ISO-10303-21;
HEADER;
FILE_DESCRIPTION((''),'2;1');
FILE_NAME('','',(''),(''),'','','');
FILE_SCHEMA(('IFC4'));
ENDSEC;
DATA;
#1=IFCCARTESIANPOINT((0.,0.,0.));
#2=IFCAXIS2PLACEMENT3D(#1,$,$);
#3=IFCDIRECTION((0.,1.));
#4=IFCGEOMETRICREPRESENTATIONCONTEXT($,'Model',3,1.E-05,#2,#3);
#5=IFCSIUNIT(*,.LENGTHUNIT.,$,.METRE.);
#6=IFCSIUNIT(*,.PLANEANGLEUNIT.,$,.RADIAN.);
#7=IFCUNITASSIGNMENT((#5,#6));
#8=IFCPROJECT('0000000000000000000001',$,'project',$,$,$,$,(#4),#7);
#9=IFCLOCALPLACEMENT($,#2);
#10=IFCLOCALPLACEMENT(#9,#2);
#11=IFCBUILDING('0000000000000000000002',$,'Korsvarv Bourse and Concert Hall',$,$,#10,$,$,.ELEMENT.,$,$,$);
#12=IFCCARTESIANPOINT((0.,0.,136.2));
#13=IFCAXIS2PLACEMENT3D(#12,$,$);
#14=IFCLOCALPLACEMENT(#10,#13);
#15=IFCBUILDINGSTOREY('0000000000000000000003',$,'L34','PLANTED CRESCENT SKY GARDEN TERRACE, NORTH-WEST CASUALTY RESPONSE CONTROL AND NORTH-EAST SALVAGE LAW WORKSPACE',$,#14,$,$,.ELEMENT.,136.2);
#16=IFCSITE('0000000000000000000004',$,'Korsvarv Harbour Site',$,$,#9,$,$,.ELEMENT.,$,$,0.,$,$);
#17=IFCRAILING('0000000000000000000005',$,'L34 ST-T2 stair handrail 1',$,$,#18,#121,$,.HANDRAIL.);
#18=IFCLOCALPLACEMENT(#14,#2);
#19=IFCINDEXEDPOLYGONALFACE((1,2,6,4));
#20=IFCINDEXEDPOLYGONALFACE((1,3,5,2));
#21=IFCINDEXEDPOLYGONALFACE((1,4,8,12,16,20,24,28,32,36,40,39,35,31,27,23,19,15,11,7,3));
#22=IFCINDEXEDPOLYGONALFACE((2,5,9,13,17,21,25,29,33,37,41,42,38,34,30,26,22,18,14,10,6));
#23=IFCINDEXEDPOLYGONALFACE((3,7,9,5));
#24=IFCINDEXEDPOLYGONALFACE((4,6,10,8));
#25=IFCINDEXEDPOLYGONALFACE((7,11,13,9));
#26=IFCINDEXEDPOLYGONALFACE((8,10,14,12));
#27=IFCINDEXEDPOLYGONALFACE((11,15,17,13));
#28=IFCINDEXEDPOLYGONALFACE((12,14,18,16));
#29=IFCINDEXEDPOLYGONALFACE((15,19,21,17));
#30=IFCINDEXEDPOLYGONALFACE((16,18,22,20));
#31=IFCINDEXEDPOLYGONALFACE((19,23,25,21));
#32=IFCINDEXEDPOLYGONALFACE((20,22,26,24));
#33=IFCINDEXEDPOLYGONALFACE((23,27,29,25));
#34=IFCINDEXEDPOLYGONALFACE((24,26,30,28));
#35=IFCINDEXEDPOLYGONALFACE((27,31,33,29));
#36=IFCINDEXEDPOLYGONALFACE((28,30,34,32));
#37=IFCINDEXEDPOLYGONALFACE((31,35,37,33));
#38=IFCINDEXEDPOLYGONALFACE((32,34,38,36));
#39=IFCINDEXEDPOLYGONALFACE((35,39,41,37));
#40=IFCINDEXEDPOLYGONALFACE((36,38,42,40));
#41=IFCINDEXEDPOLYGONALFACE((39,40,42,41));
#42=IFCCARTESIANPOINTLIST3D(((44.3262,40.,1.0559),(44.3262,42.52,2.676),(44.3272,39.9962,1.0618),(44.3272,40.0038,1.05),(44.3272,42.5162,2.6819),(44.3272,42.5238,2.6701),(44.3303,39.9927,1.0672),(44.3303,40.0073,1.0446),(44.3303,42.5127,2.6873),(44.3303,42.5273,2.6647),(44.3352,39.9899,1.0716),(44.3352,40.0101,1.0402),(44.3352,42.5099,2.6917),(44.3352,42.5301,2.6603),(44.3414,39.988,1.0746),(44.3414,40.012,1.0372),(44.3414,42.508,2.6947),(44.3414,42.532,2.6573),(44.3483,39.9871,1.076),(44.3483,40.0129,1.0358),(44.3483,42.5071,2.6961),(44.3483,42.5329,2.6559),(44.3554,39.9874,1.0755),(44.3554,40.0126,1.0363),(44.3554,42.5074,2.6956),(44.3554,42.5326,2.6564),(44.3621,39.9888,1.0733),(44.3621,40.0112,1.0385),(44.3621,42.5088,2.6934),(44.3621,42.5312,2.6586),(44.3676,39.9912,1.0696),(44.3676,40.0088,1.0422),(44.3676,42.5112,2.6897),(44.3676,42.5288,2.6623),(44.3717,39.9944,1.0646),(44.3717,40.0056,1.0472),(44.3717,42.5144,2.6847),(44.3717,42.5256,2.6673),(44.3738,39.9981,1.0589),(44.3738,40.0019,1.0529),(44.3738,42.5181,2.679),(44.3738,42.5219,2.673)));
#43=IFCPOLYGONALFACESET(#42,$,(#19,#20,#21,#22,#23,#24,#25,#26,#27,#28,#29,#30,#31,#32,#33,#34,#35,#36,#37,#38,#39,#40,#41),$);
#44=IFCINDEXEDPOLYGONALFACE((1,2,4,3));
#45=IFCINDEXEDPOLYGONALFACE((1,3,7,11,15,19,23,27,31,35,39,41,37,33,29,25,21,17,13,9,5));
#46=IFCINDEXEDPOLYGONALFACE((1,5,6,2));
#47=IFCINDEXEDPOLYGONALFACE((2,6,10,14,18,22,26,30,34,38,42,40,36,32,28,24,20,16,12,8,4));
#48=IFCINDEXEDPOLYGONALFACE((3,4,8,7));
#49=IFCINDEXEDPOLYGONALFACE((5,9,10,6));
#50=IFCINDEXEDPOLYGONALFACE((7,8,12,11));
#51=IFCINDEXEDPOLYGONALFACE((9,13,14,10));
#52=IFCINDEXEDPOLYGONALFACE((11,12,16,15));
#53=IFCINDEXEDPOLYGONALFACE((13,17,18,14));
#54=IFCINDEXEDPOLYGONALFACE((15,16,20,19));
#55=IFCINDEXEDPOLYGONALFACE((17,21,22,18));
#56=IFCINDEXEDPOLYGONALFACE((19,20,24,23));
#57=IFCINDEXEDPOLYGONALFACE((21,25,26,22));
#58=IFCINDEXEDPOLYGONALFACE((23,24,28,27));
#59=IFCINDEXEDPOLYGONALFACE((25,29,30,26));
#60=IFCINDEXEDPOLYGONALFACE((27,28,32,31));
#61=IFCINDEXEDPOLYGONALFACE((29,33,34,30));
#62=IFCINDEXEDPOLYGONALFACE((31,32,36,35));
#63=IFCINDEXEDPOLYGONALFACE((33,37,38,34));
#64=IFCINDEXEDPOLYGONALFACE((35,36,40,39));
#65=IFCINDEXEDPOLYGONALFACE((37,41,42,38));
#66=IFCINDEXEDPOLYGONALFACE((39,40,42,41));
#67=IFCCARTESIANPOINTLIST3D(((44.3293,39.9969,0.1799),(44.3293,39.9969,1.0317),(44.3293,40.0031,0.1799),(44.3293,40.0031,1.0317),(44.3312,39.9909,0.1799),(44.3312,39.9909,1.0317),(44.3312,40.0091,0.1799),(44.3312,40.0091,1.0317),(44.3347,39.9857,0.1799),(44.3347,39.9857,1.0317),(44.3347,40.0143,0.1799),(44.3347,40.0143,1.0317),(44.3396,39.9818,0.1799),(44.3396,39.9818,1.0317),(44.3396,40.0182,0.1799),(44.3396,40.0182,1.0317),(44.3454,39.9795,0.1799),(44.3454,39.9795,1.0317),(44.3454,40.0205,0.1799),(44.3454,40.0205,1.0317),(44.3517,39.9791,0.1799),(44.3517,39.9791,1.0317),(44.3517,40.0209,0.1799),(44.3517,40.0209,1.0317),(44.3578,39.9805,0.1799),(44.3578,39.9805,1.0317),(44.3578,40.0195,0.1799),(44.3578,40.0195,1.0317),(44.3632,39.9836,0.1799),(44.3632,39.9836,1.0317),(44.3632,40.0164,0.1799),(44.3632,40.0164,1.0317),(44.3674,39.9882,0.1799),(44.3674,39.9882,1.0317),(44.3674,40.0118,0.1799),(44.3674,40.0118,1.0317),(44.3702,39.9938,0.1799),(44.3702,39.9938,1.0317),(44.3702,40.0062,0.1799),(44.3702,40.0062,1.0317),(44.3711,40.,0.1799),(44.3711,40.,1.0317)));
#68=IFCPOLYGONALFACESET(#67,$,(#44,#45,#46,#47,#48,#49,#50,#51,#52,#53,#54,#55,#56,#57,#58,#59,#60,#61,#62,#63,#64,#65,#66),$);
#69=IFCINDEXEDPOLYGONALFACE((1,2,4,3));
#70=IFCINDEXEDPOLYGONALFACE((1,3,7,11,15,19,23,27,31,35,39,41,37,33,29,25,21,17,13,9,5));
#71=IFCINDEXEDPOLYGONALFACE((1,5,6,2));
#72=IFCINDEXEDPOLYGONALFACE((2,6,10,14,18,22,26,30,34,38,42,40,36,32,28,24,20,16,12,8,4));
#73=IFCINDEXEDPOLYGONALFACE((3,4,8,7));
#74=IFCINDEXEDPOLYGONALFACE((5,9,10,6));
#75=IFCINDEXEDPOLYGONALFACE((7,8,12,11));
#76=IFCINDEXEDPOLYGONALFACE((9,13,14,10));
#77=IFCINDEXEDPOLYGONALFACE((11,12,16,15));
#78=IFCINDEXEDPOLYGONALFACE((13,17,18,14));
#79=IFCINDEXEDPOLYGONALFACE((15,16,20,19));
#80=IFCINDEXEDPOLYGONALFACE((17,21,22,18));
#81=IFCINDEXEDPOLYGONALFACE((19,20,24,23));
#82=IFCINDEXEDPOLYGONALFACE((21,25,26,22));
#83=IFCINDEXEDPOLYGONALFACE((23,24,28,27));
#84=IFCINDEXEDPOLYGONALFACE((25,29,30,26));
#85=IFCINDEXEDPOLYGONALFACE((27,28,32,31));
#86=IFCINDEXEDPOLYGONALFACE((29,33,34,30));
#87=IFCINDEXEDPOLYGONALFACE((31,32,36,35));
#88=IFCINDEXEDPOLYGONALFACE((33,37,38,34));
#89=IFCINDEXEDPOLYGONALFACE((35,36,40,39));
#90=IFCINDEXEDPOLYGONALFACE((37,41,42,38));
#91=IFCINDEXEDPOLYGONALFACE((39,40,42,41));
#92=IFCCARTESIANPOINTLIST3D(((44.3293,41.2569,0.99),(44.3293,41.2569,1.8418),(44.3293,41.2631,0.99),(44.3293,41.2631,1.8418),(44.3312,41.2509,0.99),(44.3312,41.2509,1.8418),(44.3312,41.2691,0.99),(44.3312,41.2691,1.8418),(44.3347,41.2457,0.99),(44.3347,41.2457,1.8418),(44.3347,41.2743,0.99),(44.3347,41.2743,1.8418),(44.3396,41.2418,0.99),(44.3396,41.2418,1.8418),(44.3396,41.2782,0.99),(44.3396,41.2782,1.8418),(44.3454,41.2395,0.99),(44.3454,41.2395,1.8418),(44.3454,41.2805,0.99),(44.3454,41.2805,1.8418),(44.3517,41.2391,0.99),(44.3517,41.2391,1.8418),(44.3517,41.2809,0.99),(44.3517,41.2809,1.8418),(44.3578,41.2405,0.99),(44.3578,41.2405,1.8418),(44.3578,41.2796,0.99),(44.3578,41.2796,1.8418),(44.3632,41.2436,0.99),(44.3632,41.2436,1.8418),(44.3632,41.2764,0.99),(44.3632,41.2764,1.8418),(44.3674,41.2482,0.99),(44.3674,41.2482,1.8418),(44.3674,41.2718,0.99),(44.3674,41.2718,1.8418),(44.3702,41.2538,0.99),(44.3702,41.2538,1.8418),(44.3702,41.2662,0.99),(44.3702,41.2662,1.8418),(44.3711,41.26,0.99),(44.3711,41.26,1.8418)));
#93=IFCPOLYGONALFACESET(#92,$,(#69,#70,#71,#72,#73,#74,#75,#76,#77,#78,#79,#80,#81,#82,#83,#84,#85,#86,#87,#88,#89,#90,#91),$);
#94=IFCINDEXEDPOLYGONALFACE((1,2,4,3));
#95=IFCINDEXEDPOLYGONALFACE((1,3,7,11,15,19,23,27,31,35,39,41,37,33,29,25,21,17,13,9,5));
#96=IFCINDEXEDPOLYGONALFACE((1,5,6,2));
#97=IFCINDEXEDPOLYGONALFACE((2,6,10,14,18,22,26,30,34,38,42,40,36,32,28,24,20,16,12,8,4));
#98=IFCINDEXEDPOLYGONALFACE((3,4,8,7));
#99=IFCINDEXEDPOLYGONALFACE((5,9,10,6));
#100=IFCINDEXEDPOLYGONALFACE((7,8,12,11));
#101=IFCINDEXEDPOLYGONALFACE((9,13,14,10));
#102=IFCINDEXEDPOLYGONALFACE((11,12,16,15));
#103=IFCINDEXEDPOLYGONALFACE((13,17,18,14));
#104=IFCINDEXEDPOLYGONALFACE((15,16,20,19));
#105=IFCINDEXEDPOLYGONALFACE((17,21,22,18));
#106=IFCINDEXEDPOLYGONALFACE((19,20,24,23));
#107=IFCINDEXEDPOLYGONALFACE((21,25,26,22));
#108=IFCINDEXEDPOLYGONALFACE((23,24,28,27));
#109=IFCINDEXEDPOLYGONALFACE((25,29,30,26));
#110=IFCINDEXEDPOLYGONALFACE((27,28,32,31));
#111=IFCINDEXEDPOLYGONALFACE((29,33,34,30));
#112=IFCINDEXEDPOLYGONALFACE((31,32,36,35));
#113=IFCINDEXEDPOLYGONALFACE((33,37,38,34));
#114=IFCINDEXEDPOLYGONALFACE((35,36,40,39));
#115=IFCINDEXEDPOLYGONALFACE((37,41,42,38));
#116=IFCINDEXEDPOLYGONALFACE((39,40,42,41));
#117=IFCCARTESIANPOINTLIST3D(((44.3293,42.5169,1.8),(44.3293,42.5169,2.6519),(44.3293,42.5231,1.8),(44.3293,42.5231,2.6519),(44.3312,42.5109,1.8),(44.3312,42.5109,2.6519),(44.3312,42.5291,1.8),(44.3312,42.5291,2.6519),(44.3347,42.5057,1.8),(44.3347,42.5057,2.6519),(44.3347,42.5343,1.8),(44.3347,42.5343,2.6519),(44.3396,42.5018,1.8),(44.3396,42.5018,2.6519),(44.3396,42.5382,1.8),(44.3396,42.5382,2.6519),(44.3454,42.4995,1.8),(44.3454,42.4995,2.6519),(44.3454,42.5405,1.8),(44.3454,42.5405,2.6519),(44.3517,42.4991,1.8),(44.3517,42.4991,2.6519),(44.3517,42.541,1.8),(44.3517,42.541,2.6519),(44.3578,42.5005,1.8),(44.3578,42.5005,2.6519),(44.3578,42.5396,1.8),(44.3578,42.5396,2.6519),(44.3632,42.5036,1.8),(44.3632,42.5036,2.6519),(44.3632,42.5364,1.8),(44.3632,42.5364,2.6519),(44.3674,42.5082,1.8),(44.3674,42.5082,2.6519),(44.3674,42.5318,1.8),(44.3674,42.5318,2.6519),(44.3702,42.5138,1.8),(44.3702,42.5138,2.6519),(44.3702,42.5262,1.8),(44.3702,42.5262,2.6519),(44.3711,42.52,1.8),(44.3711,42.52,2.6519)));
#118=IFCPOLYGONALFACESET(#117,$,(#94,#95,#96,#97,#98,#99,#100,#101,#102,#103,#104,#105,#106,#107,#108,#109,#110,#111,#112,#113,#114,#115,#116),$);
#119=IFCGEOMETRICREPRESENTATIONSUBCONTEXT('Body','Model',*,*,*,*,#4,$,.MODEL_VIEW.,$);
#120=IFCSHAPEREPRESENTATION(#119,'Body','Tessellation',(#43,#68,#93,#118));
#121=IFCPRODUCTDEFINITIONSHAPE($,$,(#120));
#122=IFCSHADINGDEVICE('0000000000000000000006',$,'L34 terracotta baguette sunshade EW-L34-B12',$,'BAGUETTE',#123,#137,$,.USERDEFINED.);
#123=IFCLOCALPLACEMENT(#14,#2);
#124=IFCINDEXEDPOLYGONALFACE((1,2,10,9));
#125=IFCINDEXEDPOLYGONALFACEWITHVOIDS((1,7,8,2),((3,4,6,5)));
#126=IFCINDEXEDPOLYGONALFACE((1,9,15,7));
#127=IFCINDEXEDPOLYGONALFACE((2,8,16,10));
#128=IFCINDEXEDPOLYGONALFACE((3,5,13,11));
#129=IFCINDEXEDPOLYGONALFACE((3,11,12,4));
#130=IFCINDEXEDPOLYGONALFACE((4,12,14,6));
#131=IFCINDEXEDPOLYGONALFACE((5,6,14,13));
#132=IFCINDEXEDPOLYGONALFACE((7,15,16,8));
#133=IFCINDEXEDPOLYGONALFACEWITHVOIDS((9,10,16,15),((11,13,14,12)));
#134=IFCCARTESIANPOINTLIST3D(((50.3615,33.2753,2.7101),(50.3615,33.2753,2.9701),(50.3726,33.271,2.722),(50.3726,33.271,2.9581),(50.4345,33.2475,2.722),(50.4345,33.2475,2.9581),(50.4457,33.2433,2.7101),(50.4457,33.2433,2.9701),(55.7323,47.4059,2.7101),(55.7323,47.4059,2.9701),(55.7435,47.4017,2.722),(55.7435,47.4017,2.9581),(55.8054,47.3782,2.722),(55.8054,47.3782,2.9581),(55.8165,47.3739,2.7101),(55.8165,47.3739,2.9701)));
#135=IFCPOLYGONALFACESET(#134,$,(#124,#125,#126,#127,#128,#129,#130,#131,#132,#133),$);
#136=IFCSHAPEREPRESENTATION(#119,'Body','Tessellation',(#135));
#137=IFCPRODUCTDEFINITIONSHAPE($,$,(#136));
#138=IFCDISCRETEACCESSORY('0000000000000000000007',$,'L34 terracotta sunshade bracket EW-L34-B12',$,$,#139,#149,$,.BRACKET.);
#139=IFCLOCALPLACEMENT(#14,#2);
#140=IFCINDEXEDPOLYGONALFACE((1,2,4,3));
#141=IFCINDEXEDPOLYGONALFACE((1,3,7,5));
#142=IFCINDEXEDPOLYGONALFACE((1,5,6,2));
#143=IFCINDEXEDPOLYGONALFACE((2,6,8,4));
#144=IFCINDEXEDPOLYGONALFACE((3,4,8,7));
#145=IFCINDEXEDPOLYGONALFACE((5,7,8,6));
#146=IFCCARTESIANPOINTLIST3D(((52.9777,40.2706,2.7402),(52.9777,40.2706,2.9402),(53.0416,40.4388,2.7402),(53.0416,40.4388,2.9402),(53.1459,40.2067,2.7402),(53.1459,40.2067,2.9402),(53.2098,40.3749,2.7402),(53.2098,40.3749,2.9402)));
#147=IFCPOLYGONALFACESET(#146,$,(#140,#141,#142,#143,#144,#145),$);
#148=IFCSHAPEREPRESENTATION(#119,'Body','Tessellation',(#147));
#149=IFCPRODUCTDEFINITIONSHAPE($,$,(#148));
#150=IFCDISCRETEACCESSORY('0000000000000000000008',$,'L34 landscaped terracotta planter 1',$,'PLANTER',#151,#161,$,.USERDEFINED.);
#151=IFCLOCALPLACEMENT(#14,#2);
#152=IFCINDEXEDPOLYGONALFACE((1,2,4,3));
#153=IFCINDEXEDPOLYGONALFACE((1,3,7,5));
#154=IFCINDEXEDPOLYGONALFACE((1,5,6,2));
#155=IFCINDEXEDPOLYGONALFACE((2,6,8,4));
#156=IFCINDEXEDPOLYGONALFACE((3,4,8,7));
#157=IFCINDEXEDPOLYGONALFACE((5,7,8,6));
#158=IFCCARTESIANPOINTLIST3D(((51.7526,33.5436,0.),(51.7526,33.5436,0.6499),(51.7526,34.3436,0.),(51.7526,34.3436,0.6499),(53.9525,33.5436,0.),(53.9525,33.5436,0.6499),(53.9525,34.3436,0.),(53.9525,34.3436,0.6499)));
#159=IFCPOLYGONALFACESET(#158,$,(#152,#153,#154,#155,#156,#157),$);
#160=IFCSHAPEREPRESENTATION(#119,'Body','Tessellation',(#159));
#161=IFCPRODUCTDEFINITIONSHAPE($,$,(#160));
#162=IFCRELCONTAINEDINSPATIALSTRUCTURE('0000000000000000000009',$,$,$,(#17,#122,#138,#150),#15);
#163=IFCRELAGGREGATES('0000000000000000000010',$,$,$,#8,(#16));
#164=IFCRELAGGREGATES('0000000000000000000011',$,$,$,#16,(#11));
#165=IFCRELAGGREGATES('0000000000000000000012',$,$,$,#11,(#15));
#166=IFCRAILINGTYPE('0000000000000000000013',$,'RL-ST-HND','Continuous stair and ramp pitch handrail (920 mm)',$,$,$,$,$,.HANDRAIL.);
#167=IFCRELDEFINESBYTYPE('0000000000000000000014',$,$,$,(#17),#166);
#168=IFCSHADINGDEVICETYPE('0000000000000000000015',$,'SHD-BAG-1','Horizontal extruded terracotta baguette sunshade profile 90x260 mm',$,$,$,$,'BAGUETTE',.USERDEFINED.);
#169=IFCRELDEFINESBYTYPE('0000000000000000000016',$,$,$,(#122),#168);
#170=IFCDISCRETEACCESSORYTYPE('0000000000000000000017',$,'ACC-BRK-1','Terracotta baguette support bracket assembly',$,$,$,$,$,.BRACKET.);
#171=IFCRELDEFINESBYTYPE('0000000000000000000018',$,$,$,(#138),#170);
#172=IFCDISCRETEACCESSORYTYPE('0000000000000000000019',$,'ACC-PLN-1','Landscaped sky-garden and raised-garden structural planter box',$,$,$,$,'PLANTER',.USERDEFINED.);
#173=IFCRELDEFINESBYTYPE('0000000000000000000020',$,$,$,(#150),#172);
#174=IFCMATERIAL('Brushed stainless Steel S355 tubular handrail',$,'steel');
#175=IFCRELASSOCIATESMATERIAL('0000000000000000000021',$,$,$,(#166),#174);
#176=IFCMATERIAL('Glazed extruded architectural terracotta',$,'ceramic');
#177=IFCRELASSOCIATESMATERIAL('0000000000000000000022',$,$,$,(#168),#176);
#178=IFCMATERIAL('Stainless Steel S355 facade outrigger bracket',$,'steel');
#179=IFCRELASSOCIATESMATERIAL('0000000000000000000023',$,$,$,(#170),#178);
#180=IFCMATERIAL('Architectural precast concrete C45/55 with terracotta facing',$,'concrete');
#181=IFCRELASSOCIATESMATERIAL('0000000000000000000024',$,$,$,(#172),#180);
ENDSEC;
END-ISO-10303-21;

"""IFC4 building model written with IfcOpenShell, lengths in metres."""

from ifc_helpers import new_model, si_unit, direction, frame, origin, origin_2d, place, context, subcontext, project, spatial, rectangle, hollow_rectangle, circle, extrude, source, transform, mapped, material, material_profile, profile_set, type_object, element, save


model = new_model("IFC4")

# Units and contexts
model_context = context("Model", 3, precision=1e-05, world=origin(), true_north=direction((0.0, 1.0)))
body_context = subcontext(model_context, "Body", "Model", "MODEL_VIEW")
ifc_project = project(units=[si_unit("LENGTHUNIT", "METRE"), si_unit("PLANEANGLEUNIT", "RADIAN")], contexts=[model_context])

# Site, building, storey
site_placement = place(None, origin())
site = spatial("IfcSite", under=ifc_project, at=site_placement, Name="Korsvarv Harbour Site", CompositionType="ELEMENT", RefElevation=0.0)
building_placement = place(site_placement, origin())
building = spatial("IfcBuilding", under=site, at=building_placement, Name="Korsvarv Bourse and Concert Hall", CompositionType="ELEMENT")
storey_placement = place(building_placement, frame((0.0, 0.0, 136.2)))
storey = spatial("IfcBuildingStorey", under=building, at=storey_placement, Name="L34", Description="PLANTED CRESCENT SKY GARDEN TERRACE, NORTH-WEST CASUALTY RESPONSE CONTROL AND NORTH-EAST SALVAGE LAW WORKSPACE", CompositionType="ELEMENT", Elevation=136.2)

# Railing
ifc_material_1 = material(Name="Brushed stainless Steel S355 tubular handrail", Category="steel")
railing_type_1 = type_object("IfcRailingType", Name="RL-ST-HND", Description="Continuous stair and ramp pitch handrail (920 mm)", PredefinedType="HANDRAIL", material=ifc_material_1)
railing_1_placement = place(storey_placement, frame((44.3501, 40.0, 0.1799)))
element("IfcRailing", 1, at=railing_1_placement, inside=storey, type_object=railing_type_1, Name="L34 ST-T2 stair handrail 1", PredefinedType="HANDRAIL", context=body_context, shape_type="SweptSolid", body=[
    extrude(circle(Radius=0.0239, at=origin_2d()), frame((0.0, 0.0, 0.876), z_axis=(0.0, 0.841163, 0.540782), x_axis=(-1.0, 0.0, 0.0)), (0.0, 0.0, 1.0), 2.9958),
    extrude(circle(Radius=0.021, at=origin_2d()), origin(), (0.0, 0.0, 1.0), 0.8518),
    extrude(circle(Radius=0.021, at=origin_2d()), frame((0.0, 1.26, 0.8101)), (0.0, 0.0, 1.0), 0.8518),
    extrude(circle(Radius=0.021, at=origin_2d()), frame((0.0, 2.52, 1.6201)), (0.0, 0.0, 1.0), 0.8518),
])

# Shading device
ifc_material_2 = material(Name="Glazed extruded architectural terracotta", Category="ceramic")
ifc_material_profile_1 = material_profile(ifc_material_2, hollow_rectangle(XDim=0.0901, YDim=0.26, WallThickness=0.012, at=origin_2d()), Name="TC-BAG 90x260")
ifc_profile_set_1 = profile_set([ifc_material_profile_1], Name="Glazed extruded architectural terracotta")
shading_device_type = type_object("IfcShadingDeviceType", Name="SHD-BAG-1", Description="Horizontal extruded terracotta baguette sunshade profile 90x260 mm", ElementType="BAGUETTE", PredefinedType="USERDEFINED", material=ifc_profile_set_1)
shared_shape_1 = source(origin(), body_context, "Body", "SweptSolid", [
    extrude(hollow_rectangle(XDim=0.0901, YDim=0.26, WallThickness=0.012, at=origin_2d()), origin(), (0.0, 0.0, 1.0), 15.1169),
])
shading_device_placement = place(storey_placement, frame((50.4036, 33.2593, 2.8401), z_axis=(0.355288, 0.934757, 0.0), x_axis=(-0.934757, 0.355288, 0.0)))
element("IfcShadingDevice", 2, at=shading_device_placement, inside=storey, type_object=shading_device_type, Name="L34 terracotta baguette sunshade EW-L34-B12", ObjectType="BAGUETTE", PredefinedType="USERDEFINED", context=body_context, shape_type="MappedRepresentation", body=[
    mapped(shared_shape_1, transform((0.0, 0.0, 0.0), scale=1.0)),
])

# Discrete accessories
ifc_material_3 = material(Name="Stainless Steel S355 facade outrigger bracket", Category="steel")
discrete_accessory_type_1 = type_object("IfcDiscreteAccessoryType", Name="ACC-BRK-1", Description="Terracotta baguette support bracket assembly", PredefinedType="BRACKET", material=ifc_material_3)
shared_shape_2 = source(origin(), body_context, "Body", "SweptSolid", [
    extrude(rectangle(XDim=0.1799, YDim=0.1799, at=origin_2d()), origin(), (0.0, 0.0, 1.0), 0.2),
])
discrete_accessory_1_placement = place(storey_placement, frame((53.0938, 40.3228, 2.7402), z_axis=(0.0, 0.0, 1.0), x_axis=(0.35527, 0.934764, 0.0)))
element("IfcDiscreteAccessory", 3, at=discrete_accessory_1_placement, inside=storey, type_object=discrete_accessory_type_1, Name="L34 terracotta sunshade bracket EW-L34-B12", PredefinedType="BRACKET", context=body_context, shape_type="MappedRepresentation", body=[
    mapped(shared_shape_2, transform((0.0, 0.0, 0.0), scale=1.0)),
])
ifc_material_4 = material(Name="Architectural precast concrete C45/55 with terracotta facing", Category="concrete")
discrete_accessory_type_2 = type_object("IfcDiscreteAccessoryType", Name="ACC-PLN-1", Description="Landscaped sky-garden and raised-garden structural planter box", ElementType="PLANTER", PredefinedType="USERDEFINED", material=ifc_material_4)
shared_shape_3 = source(origin(), body_context, "Body", "SweptSolid", [
    extrude(rectangle(XDim=2.2, YDim=0.8, at=origin_2d()), origin(), (0.0, 0.0, 1.0), 0.6499),
])
discrete_accessory_2_placement = place(storey_placement, frame((52.8525, 33.9436, 0.0), z_axis=(0.0, 0.0, 1.0), x_axis=(1.0, 0.0, 0.0)))
element("IfcDiscreteAccessory", 4, at=discrete_accessory_2_placement, inside=storey, type_object=discrete_accessory_type_2, Name="L34 landscaped terracotta planter 1", ObjectType="PLANTER", PredefinedType="USERDEFINED", context=body_context, shape_type="MappedRepresentation", body=[
    mapped(shared_shape_3, transform((0.0, 0.0, 0.0), scale=1.0)),
])

save(model, "model.ifc")
